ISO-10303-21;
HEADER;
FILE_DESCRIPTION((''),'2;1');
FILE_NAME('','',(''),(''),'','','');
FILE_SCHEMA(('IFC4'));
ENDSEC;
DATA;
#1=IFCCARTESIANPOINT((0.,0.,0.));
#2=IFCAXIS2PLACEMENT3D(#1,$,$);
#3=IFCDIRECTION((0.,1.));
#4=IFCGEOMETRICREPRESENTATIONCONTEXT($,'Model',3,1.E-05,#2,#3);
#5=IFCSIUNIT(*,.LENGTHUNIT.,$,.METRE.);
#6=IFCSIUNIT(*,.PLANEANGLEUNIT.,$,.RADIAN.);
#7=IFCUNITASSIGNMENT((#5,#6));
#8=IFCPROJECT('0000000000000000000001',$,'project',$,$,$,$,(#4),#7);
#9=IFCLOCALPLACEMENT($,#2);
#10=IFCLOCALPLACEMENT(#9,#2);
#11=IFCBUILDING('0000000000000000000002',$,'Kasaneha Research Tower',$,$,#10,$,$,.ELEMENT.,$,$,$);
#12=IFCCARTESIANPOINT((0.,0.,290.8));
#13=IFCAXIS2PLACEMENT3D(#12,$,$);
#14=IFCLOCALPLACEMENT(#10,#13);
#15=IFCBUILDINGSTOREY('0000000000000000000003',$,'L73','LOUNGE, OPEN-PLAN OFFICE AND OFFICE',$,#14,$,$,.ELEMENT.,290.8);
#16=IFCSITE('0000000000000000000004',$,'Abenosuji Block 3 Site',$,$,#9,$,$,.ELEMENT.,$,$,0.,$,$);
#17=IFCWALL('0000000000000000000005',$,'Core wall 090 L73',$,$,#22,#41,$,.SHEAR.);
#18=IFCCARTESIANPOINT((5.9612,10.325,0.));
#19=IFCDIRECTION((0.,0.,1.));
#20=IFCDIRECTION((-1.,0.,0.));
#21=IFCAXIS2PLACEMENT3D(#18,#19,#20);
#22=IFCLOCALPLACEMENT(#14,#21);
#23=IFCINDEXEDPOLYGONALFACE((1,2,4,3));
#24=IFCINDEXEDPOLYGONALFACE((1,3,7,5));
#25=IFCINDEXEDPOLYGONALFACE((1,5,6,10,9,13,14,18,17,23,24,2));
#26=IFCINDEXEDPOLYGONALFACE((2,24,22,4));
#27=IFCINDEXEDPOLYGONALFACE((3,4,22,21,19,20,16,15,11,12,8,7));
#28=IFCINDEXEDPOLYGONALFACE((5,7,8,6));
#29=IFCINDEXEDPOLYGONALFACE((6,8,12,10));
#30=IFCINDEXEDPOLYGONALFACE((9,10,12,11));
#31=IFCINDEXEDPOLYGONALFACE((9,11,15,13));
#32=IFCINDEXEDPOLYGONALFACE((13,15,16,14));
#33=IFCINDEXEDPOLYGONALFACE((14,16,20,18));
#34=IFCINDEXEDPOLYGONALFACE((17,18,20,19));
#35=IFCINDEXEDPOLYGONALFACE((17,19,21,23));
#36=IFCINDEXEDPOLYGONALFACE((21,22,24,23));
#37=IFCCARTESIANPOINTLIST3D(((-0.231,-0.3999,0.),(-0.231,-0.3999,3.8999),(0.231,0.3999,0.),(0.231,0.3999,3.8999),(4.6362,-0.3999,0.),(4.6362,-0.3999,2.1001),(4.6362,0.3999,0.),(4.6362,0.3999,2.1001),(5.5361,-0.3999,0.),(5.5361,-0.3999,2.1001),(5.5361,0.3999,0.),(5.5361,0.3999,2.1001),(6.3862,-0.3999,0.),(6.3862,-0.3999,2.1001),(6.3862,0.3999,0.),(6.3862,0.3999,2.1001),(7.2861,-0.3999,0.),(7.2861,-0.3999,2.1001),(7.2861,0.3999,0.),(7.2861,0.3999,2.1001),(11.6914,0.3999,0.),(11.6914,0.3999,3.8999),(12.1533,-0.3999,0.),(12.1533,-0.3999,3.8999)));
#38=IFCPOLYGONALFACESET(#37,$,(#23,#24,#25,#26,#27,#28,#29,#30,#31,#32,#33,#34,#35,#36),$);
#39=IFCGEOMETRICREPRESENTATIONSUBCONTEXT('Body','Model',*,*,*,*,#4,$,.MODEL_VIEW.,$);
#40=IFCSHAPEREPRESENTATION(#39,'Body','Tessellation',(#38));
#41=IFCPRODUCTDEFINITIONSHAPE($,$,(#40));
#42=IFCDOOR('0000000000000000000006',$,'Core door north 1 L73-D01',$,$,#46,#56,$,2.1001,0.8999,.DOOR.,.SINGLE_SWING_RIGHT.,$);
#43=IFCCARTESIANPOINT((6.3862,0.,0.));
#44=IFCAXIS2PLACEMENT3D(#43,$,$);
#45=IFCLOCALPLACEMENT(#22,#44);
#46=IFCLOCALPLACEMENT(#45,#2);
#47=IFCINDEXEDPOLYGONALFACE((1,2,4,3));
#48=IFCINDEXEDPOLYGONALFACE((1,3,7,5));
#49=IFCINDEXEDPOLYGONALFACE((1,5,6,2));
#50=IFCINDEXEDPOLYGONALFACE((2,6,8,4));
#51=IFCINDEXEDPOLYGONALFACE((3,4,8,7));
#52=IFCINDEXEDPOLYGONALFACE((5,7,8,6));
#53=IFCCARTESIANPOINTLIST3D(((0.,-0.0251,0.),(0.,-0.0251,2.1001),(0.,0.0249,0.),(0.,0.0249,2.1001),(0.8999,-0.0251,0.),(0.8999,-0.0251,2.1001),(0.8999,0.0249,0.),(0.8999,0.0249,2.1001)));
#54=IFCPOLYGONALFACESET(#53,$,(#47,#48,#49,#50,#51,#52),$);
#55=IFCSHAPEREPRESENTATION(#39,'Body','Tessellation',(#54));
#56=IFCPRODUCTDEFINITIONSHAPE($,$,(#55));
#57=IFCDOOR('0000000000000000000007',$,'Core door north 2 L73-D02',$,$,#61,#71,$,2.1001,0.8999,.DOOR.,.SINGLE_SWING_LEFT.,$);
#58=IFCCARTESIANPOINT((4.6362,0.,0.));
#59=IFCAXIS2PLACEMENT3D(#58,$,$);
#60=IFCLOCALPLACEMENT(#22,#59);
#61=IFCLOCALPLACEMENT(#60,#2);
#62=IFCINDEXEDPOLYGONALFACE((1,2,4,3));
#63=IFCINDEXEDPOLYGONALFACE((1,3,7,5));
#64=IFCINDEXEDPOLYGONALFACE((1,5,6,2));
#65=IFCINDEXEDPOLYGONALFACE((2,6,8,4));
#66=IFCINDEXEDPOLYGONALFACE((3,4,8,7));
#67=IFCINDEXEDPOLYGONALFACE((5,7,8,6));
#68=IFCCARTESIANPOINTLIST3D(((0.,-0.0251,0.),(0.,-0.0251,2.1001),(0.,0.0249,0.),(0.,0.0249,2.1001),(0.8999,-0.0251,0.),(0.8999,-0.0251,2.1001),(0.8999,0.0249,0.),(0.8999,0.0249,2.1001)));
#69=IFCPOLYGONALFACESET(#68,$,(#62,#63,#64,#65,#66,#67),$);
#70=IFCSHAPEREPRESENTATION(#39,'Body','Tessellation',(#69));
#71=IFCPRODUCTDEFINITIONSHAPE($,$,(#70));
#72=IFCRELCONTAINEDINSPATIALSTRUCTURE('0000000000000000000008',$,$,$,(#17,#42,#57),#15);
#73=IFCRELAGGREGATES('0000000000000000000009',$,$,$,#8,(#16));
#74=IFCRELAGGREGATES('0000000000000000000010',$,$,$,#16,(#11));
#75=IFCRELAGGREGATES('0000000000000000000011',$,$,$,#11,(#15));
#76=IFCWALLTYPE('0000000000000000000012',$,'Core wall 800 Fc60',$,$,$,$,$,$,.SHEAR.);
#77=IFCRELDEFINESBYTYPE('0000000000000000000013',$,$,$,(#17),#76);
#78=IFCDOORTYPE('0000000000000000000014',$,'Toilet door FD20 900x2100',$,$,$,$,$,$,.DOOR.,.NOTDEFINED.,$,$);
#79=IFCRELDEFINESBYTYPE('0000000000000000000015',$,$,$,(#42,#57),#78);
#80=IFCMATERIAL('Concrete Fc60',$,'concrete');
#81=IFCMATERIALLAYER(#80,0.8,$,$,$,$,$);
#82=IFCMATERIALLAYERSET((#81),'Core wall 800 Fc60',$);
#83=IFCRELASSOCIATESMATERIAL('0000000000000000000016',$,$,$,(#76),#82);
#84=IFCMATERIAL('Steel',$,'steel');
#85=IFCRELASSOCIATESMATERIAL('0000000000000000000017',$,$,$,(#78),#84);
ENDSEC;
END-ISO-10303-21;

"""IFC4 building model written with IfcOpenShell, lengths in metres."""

from ifc_helpers import new_model, si_unit, direction, frame, frame_2d, origin, place, context, subcontext, project, spatial, polyline, rectangle, outline, extrude, material, layer, layer_set, type_object, element, fill, save


model = new_model("IFC4")

# Units and contexts
model_context = context("Model", 3, precision=1e-05, world=origin(), true_north=direction((0.0, 1.0)))
body_context = subcontext(model_context, "Body", "Model", "MODEL_VIEW")
ifc_project = project(units=[si_unit("LENGTHUNIT", "METRE"), si_unit("PLANEANGLEUNIT", "RADIAN")], contexts=[model_context])

# Site, building, storey
site_placement = place(None, origin())
site = spatial("IfcSite", under=ifc_project, at=site_placement, Name="Abenosuji Block 3 Site", CompositionType="ELEMENT", RefElevation=0.0)
building_placement = place(site_placement, origin())
building = spatial("IfcBuilding", under=site, at=building_placement, Name="Kasaneha Research Tower", CompositionType="ELEMENT")
storey_placement = place(building_placement, frame((0.0, 0.0, 290.8)))
storey = spatial("IfcBuildingStorey", under=building, at=storey_placement, Name="L73", Description="LOUNGE, OPEN-PLAN OFFICE AND OFFICE", CompositionType="ELEMENT", Elevation=290.8)

# Wall, openings, doors
ifc_material_1 = material(Name="Concrete Fc60", Category="concrete")
ifc_layer_1 = layer(ifc_material_1, 0.8)
ifc_layer_set_1 = layer_set([ifc_layer_1], Name="Core wall 800 Fc60")
wall_type_1 = type_object("IfcWallType", Name="Core wall 800 Fc60", PredefinedType="SHEAR", material=ifc_layer_set_1)
wall_1_placement = place(storey_placement, frame((5.9612, 10.325, 0.0), z_axis=(0.0, 0.0, 1.0), x_axis=(-1.0, 0.0, 0.0)))
wall_1 = element("IfcWall", 1, at=wall_1_placement, inside=storey, type_object=wall_type_1, Name="Core wall 090 L73", PredefinedType="SHEAR", context=body_context, shape_type="SweptSolid", body=[
    extrude(outline(polyline([(-0.231, -0.3999), (4.6362, -0.3999), (5.5361, -0.3999), (6.3862, -0.3999), (7.2861, -0.3999), (12.1533, -0.3999), (11.6914, 0.3999), (7.2861, 0.3999), (6.3862, 0.3999), (5.5361, 0.3999), (4.6362, 0.3999), (0.231, 0.3999), (-0.231, -0.3999)])), origin(), (0.0, 0.0, 1.0), 3.8999),
])
opening_1_placement = place(wall_1_placement, frame((6.3862, 0.0, 0.0)))
opening_1 = element("IfcOpeningElement", 2, at=opening_1_placement, cuts=wall_1, PredefinedType="OPENING", context=body_context, shape_type="SweptSolid", body=[
    extrude(rectangle(XDim=0.8999, YDim=2.1001, at=frame_2d((0.45, 1.05))), frame((0.0, 0.4102, 0.0), z_axis=(0.0, -1.0, 0.0), x_axis=(1.0, 0.0, 0.0)), (0.0, 0.0, 1.0), 0.8201),
])
opening_2_placement = place(wall_1_placement, frame((4.6362, 0.0, 0.0)))
opening_2 = element("IfcOpeningElement", 3, at=opening_2_placement, cuts=wall_1, PredefinedType="OPENING", context=body_context, shape_type="SweptSolid", body=[
    extrude(rectangle(XDim=0.8999, YDim=2.1001, at=frame_2d((0.45, 1.05))), frame((0.0, 0.4102, 0.0), z_axis=(0.0, -1.0, 0.0), x_axis=(1.0, 0.0, 0.0)), (0.0, 0.0, 1.0), 0.8201),
])
ifc_material_2 = material(Name="Steel", Category="steel")
door_type_1 = type_object("IfcDoorType", Name="Toilet door FD20 900x2100", OperationType="NOTDEFINED", PredefinedType="DOOR", material=ifc_material_2)
door_1_placement = place(opening_1_placement, origin())
door_1 = element("IfcDoor", 4, at=door_1_placement, inside=storey, type_object=door_type_1, Name="Core door north 1 L73-D01", OperationType="SINGLE_SWING_RIGHT", OverallHeight=2.1001, OverallWidth=0.8999, PredefinedType="DOOR", context=body_context, shape_type="SweptSolid", body=[
    extrude(rectangle(XDim=0.8999, YDim=2.1001, at=frame_2d((0.45, 1.05))), frame((0.0, 0.0249, 0.0), z_axis=(0.0, -1.0, 0.0), x_axis=(1.0, 0.0, 0.0)), (0.0, 0.0, 1.0), 0.05),
])
fill(opening_1, door_1)
door_2_placement = place(opening_2_placement, origin())
door_2 = element("IfcDoor", 5, at=door_2_placement, inside=storey, type_object=door_type_1, Name="Core door north 2 L73-D02", OperationType="SINGLE_SWING_LEFT", OverallHeight=2.1001, OverallWidth=0.8999, PredefinedType="DOOR", context=body_context, shape_type="SweptSolid", body=[
    extrude(rectangle(XDim=0.8999, YDim=2.1001, at=frame_2d((0.45, 1.05))), frame((0.0, 0.0249, 0.0), z_axis=(0.0, -1.0, 0.0), x_axis=(1.0, 0.0, 0.0)), (0.0, 0.0, 1.0), 0.05),
])
fill(opening_2, door_2)

save(model, "model.ifc")
